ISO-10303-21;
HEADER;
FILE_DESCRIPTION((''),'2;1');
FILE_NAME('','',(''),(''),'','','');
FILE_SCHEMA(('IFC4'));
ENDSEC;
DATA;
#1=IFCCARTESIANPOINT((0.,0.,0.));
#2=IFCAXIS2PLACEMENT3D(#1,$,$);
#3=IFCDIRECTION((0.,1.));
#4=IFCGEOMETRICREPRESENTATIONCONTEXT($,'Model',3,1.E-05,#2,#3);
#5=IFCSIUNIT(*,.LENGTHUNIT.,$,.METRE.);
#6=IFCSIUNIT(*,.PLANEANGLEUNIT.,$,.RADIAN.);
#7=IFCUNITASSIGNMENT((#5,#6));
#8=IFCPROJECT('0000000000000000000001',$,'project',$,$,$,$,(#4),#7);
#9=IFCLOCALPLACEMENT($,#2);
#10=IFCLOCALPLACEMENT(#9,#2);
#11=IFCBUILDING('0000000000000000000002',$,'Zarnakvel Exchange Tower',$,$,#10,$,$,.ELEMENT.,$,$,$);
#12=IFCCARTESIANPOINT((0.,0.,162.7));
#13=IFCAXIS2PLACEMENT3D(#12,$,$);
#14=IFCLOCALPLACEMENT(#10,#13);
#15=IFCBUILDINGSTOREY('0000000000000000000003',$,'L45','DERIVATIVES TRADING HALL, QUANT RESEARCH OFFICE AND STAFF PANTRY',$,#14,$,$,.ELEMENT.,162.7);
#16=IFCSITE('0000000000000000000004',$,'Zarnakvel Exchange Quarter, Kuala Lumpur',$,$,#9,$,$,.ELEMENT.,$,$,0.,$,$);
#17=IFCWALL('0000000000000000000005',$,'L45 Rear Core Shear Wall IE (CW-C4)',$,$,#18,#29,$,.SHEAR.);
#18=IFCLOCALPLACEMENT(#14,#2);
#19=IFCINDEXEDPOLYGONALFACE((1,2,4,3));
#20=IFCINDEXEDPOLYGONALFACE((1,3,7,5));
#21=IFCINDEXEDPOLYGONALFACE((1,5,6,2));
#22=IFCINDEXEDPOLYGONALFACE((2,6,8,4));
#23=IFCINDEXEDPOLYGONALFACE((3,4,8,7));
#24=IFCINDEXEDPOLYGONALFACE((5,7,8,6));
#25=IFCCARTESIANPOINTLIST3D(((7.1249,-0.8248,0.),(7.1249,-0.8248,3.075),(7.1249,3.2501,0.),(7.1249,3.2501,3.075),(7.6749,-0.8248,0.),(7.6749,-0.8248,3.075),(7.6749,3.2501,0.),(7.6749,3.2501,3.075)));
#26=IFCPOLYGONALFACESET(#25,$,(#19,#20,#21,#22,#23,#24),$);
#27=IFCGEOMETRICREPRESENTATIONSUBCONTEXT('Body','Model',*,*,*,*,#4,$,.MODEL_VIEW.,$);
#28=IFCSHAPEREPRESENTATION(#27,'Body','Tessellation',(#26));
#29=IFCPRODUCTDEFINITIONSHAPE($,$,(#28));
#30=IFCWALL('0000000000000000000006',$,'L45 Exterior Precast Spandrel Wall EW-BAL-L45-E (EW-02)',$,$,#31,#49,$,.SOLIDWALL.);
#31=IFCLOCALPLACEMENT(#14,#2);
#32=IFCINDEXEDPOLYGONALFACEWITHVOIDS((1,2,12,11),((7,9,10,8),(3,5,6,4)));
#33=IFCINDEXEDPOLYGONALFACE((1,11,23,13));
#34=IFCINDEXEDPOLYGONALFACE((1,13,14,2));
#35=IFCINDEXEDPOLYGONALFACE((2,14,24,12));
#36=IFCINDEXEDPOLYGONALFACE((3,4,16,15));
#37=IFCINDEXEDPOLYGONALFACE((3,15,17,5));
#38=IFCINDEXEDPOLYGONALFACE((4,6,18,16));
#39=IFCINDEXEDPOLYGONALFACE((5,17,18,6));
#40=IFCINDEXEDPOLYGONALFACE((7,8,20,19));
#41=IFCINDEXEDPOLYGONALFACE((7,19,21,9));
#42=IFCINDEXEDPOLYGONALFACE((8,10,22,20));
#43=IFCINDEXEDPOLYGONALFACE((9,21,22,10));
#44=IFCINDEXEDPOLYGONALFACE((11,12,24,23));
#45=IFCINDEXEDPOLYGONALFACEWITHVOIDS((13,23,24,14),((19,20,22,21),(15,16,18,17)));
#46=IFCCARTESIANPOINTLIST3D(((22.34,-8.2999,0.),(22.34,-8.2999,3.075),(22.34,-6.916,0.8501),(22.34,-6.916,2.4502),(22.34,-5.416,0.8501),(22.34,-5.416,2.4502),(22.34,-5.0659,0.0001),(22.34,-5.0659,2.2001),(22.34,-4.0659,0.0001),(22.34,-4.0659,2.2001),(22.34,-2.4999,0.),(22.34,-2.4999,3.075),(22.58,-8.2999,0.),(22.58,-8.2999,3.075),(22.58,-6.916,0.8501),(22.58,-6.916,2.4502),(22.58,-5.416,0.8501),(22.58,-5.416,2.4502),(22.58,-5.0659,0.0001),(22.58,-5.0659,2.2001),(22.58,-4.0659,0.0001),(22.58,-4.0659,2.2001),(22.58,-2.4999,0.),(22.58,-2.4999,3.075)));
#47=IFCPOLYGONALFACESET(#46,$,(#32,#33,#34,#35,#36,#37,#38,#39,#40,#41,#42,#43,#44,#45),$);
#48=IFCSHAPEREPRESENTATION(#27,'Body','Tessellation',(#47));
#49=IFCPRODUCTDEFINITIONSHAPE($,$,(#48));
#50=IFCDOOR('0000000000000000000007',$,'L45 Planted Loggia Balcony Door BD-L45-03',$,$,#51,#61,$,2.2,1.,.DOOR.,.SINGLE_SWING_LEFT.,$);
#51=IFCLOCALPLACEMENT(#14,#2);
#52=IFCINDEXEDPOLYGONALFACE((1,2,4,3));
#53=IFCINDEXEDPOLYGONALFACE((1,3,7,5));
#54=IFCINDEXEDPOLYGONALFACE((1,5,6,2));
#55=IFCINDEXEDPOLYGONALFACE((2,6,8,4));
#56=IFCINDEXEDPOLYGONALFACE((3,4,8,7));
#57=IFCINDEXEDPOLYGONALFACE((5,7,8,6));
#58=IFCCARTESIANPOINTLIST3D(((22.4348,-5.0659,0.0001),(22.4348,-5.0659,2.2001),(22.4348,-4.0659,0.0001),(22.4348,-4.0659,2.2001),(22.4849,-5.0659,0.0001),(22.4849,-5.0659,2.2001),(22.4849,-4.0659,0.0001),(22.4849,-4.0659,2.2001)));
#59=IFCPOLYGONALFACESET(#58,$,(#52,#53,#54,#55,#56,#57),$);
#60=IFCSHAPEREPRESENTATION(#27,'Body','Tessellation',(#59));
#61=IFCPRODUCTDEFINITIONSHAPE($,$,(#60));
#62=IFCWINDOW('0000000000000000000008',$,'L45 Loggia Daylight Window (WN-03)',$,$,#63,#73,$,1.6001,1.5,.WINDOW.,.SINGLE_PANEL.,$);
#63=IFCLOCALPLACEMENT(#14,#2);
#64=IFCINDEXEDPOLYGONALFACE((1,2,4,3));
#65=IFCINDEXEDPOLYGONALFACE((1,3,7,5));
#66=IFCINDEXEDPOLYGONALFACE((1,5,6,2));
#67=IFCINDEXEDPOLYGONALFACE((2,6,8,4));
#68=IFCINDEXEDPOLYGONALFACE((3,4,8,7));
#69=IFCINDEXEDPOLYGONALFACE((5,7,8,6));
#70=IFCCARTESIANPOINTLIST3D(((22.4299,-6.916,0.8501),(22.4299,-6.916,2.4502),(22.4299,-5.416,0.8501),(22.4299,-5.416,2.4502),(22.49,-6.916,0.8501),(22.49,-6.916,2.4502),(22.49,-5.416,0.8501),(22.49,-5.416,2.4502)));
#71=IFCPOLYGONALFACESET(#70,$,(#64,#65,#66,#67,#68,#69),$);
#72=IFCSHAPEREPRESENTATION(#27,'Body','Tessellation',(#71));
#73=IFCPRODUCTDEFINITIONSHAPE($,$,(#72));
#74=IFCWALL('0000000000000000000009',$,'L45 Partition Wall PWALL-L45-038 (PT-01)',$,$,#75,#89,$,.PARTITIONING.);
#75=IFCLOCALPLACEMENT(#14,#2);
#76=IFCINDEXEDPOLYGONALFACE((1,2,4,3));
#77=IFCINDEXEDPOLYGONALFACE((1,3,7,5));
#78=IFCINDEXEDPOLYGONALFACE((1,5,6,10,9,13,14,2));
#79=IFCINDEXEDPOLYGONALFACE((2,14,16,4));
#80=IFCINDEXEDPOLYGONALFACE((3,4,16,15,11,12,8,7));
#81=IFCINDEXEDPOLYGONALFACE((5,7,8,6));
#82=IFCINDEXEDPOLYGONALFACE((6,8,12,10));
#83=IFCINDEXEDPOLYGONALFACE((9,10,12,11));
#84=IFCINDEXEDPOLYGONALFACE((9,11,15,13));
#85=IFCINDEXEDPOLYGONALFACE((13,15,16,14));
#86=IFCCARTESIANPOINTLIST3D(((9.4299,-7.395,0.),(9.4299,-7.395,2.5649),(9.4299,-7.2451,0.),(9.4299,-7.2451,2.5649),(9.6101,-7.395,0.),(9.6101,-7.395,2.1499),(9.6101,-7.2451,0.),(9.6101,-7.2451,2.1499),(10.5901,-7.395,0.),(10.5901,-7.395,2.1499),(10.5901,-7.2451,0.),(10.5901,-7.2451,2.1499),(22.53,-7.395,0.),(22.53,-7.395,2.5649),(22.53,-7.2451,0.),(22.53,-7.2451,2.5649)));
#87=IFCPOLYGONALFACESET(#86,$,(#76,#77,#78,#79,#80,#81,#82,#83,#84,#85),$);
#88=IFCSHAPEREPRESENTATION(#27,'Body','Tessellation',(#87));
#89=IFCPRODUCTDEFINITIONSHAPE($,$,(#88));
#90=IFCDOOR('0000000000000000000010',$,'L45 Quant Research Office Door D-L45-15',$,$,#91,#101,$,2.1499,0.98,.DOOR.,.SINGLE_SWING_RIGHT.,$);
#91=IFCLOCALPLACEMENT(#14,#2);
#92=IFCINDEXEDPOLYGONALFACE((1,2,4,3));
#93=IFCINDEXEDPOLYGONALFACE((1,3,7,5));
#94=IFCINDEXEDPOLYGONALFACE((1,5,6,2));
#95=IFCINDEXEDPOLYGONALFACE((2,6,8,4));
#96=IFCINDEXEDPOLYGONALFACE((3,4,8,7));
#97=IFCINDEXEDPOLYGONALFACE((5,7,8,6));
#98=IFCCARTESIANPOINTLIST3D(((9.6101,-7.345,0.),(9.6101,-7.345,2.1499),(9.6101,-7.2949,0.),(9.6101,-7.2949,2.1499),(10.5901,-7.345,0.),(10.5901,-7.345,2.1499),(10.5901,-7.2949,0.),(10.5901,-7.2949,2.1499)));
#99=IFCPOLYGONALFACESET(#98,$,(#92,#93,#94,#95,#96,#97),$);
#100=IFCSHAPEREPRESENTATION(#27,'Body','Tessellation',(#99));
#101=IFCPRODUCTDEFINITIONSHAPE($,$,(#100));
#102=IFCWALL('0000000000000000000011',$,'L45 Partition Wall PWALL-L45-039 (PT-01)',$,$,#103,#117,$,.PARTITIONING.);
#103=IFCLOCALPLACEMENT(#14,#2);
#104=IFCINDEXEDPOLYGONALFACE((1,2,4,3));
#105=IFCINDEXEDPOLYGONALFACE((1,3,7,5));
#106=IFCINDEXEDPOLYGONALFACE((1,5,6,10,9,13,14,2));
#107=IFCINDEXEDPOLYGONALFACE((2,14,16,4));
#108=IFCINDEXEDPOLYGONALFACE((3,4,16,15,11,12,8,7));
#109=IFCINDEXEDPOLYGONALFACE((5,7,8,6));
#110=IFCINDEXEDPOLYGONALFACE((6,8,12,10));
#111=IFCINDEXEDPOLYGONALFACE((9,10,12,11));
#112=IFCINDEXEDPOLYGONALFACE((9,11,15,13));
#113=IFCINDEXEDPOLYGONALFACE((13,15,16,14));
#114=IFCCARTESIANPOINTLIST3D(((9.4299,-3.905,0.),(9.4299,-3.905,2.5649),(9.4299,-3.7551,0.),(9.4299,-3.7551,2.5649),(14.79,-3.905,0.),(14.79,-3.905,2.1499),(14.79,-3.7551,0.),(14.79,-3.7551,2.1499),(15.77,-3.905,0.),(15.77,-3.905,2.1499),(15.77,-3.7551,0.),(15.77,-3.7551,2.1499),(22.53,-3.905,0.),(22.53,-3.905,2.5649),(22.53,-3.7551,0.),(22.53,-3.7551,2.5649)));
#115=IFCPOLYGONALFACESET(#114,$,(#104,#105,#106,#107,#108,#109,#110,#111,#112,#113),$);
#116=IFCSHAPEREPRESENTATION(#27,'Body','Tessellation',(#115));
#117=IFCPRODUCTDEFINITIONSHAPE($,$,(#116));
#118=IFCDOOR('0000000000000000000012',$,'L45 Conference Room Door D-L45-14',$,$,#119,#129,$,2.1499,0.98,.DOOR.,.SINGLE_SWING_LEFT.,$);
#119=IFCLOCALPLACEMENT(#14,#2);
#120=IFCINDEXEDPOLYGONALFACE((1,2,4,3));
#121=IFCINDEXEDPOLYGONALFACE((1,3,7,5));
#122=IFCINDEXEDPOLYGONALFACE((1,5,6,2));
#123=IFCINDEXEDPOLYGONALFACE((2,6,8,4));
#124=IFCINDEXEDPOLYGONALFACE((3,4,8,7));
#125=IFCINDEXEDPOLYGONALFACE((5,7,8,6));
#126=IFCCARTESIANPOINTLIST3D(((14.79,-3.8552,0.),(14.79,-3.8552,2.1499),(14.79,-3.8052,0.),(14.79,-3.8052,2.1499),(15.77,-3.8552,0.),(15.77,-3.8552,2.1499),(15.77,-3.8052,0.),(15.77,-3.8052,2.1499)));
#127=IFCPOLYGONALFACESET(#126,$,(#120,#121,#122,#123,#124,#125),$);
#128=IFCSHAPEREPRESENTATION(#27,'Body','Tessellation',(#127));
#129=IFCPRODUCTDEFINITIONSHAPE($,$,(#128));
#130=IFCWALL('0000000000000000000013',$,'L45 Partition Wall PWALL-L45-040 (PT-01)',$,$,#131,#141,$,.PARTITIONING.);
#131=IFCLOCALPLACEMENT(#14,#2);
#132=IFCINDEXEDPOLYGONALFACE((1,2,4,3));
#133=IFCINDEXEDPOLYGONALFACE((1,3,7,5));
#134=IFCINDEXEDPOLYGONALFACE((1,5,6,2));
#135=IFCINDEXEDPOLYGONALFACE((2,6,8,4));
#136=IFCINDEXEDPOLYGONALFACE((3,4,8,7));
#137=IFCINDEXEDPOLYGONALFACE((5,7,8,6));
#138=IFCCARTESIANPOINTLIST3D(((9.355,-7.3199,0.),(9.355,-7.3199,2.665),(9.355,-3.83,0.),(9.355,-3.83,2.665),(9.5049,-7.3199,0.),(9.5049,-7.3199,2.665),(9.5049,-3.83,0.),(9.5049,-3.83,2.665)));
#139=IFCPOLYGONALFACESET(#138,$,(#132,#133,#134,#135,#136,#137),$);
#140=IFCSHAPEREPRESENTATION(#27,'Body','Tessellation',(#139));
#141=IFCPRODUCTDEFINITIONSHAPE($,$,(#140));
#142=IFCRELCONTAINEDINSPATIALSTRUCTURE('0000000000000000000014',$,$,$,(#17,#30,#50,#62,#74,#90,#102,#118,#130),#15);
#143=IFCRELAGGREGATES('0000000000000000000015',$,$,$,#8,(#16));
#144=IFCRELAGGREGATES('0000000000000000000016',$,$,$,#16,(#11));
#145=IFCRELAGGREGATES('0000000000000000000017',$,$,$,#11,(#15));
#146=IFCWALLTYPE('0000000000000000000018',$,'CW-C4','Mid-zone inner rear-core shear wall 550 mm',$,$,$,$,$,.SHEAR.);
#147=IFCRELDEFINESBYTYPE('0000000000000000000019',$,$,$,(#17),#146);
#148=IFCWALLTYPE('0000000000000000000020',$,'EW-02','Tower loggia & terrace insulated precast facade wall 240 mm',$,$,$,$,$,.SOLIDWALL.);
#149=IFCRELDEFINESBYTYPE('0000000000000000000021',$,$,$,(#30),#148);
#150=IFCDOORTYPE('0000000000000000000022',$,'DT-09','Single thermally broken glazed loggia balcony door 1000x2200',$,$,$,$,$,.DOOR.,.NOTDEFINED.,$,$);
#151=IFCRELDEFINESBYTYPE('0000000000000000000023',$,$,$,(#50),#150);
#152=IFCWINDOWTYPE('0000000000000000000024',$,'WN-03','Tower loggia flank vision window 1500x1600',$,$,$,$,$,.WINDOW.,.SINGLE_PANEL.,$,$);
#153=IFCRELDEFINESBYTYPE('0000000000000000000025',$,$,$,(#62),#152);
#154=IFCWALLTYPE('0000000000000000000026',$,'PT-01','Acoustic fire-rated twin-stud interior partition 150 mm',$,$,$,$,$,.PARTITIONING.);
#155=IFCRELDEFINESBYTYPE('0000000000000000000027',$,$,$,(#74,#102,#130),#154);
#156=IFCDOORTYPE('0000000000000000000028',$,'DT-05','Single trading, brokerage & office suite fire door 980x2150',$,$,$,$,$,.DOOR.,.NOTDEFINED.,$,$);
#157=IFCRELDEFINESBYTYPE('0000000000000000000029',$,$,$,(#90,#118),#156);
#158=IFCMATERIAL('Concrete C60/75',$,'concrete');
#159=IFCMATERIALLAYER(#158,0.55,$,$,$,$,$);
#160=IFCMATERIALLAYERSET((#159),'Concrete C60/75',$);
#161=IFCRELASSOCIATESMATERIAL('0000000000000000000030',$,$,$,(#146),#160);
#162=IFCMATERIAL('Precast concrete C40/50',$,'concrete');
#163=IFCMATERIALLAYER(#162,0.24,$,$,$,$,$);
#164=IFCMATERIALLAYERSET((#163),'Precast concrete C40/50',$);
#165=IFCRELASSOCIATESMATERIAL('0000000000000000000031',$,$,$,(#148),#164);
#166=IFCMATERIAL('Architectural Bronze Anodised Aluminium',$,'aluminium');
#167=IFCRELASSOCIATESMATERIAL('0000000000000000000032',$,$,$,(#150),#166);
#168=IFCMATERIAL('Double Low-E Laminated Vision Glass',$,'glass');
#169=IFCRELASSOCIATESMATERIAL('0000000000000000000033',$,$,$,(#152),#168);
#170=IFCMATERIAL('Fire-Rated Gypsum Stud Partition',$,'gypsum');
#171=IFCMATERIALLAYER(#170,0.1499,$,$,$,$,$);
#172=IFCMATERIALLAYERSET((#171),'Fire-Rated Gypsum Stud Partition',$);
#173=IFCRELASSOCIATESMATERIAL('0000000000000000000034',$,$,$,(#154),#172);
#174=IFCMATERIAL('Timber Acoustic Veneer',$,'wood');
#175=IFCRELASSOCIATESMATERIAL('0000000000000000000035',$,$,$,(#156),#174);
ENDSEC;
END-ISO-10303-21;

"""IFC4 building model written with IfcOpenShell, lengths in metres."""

from ifc_helpers import new_model, si_unit, direction, frame, frame_2d, origin, place, context, subcontext, project, spatial, rectangle, extrude, source, transform, mapped, material, layer, layer_set, type_object, element, fill, save


model = new_model("IFC4")

# Units and contexts
model_context = context("Model", 3, precision=1e-05, world=origin(), true_north=direction((0.0, 1.0)))
body_context = subcontext(model_context, "Body", "Model", "MODEL_VIEW")
ifc_project = project(units=[si_unit("LENGTHUNIT", "METRE"), si_unit("PLANEANGLEUNIT", "RADIAN")], contexts=[model_context])

# Site, building, storey
site_placement = place(None, origin())
site = spatial("IfcSite", under=ifc_project, at=site_placement, Name="Zarnakvel Exchange Quarter, Kuala Lumpur", CompositionType="ELEMENT", RefElevation=0.0)
building_placement = place(site_placement, origin())
building = spatial("IfcBuilding", under=site, at=building_placement, Name="Zarnakvel Exchange Tower", CompositionType="ELEMENT")
storey_placement = place(building_placement, frame((0.0, 0.0, 162.7)))
storey = spatial("IfcBuildingStorey", under=building, at=storey_placement, Name="L45", Description="DERIVATIVES TRADING HALL, QUANT RESEARCH OFFICE AND STAFF PANTRY", CompositionType="ELEMENT", Elevation=162.7)

# Shared definitions
ifc_material_1 = material(Name="Concrete C60/75", Category="concrete")

# Shared definitions
ifc_material_2 = material(Name="Architectural Bronze Anodised Aluminium", Category="aluminium")

# Wall
ifc_layer_1 = layer(ifc_material_1, 0.55)
ifc_layer_set_1 = layer_set([ifc_layer_1], Name="Concrete C60/75")
wall_type_1 = type_object("IfcWallType", Name="CW-C4", Description="Mid-zone inner rear-core shear wall 550 mm", PredefinedType="SHEAR", material=ifc_layer_set_1)
wall_1_placement = place(storey_placement, frame((7.3999, -0.825, 0.0), z_axis=(0.0, 0.0, 1.0), x_axis=(0.0, 1.0, 0.0)))
element("IfcWall", 1, at=wall_1_placement, inside=storey, type_object=wall_type_1, Name="L45 Rear Core Shear Wall IE (CW-C4)", PredefinedType="SHEAR", context=body_context, shape_type="SweptSolid", body=[
    extrude(rectangle(XDim=4.075, YDim=0.55, at=frame_2d((2.0376, 0.0))), origin(), (0.0, 0.0, 1.0), 3.075),
])

# Wall, openings, door, window
ifc_material_3 = material(Name="Precast concrete C40/50", Category="concrete")
ifc_layer_2 = layer(ifc_material_3, 0.24)
ifc_layer_set_2 = layer_set([ifc_layer_2], Name="Precast concrete C40/50")
wall_type_2 = type_object("IfcWallType", Name="EW-02", Description="Tower loggia & terrace insulated precast facade wall 240 mm", PredefinedType="SOLIDWALL", material=ifc_layer_set_2)
wall_2_placement = place(storey_placement, frame((22.46, -2.5, 0.0), z_axis=(0.0, 0.0, 1.0), x_axis=(0.0, -1.0, 0.0)))
wall_2 = element("IfcWall", 2, at=wall_2_placement, inside=storey, type_object=wall_type_2, Name="L45 Exterior Precast Spandrel Wall EW-BAL-L45-E (EW-02)", PredefinedType="SOLIDWALL", context=body_context, shape_type="SweptSolid", body=[
    extrude(rectangle(XDim=5.8, YDim=0.24, at=frame_2d((2.8999, 0.0))), origin(), (0.0, 0.0, 1.0), 3.075),
])
opening_1_placement = place(wall_2_placement, frame((1.5659, 0.0, 0.0)))
opening_1 = element("IfcOpeningElement", 3, at=opening_1_placement, cuts=wall_2, PredefinedType="OPENING", context=body_context, shape_type="SweptSolid", body=[
    extrude(rectangle(XDim=1.0, YDim=2.2, at=frame_2d((0.5, 1.1001))), frame((0.0, 0.1299, 0.0), z_axis=(0.0, -1.0, 0.0), x_axis=(1.0, 0.0, 0.0)), (0.0, 0.0, 1.0), 0.26),
])
opening_2_placement = place(wall_2_placement, frame((2.916, 0.0, 0.8501)))
opening_2 = element("IfcOpeningElement", 4, at=opening_2_placement, cuts=wall_2, PredefinedType="OPENING", context=body_context, shape_type="SweptSolid", body=[
    extrude(rectangle(XDim=1.5, YDim=1.6001, at=frame_2d((0.75, 0.8))), frame((0.0, 0.1299, 0.0), z_axis=(0.0, -1.0, 0.0), x_axis=(1.0, 0.0, 0.0)), (0.0, 0.0, 1.0), 0.26),
])
door_type_1 = type_object("IfcDoorType", Name="DT-09", Description="Single thermally broken glazed loggia balcony door 1000x2200", OperationType="NOTDEFINED", PredefinedType="DOOR", material=ifc_material_2)
shared_shape_1 = source(origin(), body_context, "Body", "SweptSolid", [
    extrude(rectangle(XDim=1.0, YDim=2.2, at=frame_2d((0.5, 1.1001))), frame((0.0, 0.0249, 0.0), z_axis=(0.0, -1.0, 0.0), x_axis=(1.0, 0.0, 0.0)), (0.0, 0.0, 1.0), 0.05),
])
door_1_placement = place(opening_1_placement, origin())
door_1 = element("IfcDoor", 5, at=door_1_placement, inside=storey, type_object=door_type_1, Name="L45 Planted Loggia Balcony Door BD-L45-03", OperationType="SINGLE_SWING_LEFT", OverallHeight=2.2, OverallWidth=1.0, PredefinedType="DOOR", context=body_context, shape_type="MappedRepresentation", body=[
    mapped(shared_shape_1, transform((0.0, 0.0, 0.0), x_axis=(1.0, 0.0, 0.0), y_axis=(0.0, 1.0, 0.0), z_axis=(0.0, 0.0, 1.0), scale=1.0)),
])
fill(opening_1, door_1)
ifc_material_4 = material(Name="Double Low-E Laminated Vision Glass", Category="glass")
window_type = type_object("IfcWindowType", Name="WN-03", Description="Tower loggia flank vision window 1500x1600", PartitioningType="SINGLE_PANEL", PredefinedType="WINDOW", material=ifc_material_4)
shared_shape_2 = source(origin(), body_context, "Body", "SweptSolid", [
    extrude(rectangle(XDim=1.5, YDim=1.6001, at=frame_2d((0.75, 0.8))), frame((0.0, 0.03, 0.0), z_axis=(0.0, -1.0, 0.0), x_axis=(1.0, 0.0, 0.0)), (0.0, 0.0, 1.0), 0.0601),
])
window_placement = place(opening_2_placement, origin())
window = element("IfcWindow", 6, at=window_placement, inside=storey, type_object=window_type, Name="L45 Loggia Daylight Window (WN-03)", OverallHeight=1.6001, OverallWidth=1.5, PartitioningType="SINGLE_PANEL", PredefinedType="WINDOW", context=body_context, shape_type="MappedRepresentation", body=[
    mapped(shared_shape_2, transform((0.0, 0.0, 0.0), x_axis=(1.0, 0.0, 0.0), y_axis=(0.0, 1.0, 0.0), z_axis=(0.0, 0.0, 1.0), scale=1.0)),
])
fill(opening_2, window)

# Walls, openings, doors
ifc_material_5 = material(Name="Fire-Rated Gypsum Stud Partition", Category="gypsum")
ifc_layer_3 = layer(ifc_material_5, 0.1499)
ifc_layer_set_3 = layer_set([ifc_layer_3], Name="Fire-Rated Gypsum Stud Partition")
wall_type_3 = type_object("IfcWallType", Name="PT-01", Description="Acoustic fire-rated twin-stud interior partition 150 mm", PredefinedType="PARTITIONING", material=ifc_layer_set_3)
wall_3_placement = place(storey_placement, frame((22.53, -7.3201, 0.0), z_axis=(0.0, 0.0, 1.0), x_axis=(-1.0, 0.0, 0.0)))
wall_3 = element("IfcWall", 7, at=wall_3_placement, inside=storey, type_object=wall_type_3, Name="L45 Partition Wall PWALL-L45-038 (PT-01)", PredefinedType="PARTITIONING", context=body_context, shape_type="SweptSolid", body=[
    extrude(rectangle(XDim=13.1001, YDim=0.1499, at=frame_2d((6.55, 0.0))), origin(), (0.0, 0.0, 1.0), 2.5649),
])
opening_3_placement = place(wall_3_placement, frame((11.9399, 0.0, 0.0)))
opening_3 = element("IfcOpeningElement", 8, at=opening_3_placement, cuts=wall_3, PredefinedType="OPENING", context=body_context, shape_type="SweptSolid", body=[
    extrude(rectangle(XDim=0.98, YDim=2.1499, at=frame_2d((0.49, 1.075))), frame((0.0, 0.085, 0.0), z_axis=(0.0, -1.0, 0.0), x_axis=(1.0, 0.0, 0.0)), (0.0, 0.0, 1.0), 0.1699),
])
ifc_material_6 = material(Name="Timber Acoustic Veneer", Category="wood")
door_type_2 = type_object("IfcDoorType", Name="DT-05", Description="Single trading, brokerage & office suite fire door 980x2150", OperationType="NOTDEFINED", PredefinedType="DOOR", material=ifc_material_6)
shared_shape_3 = source(origin(), body_context, "Body", "SweptSolid", [
    extrude(rectangle(XDim=0.98, YDim=2.1499, at=frame_2d((0.49, 1.075))), frame((0.0, 0.0249, 0.0), z_axis=(0.0, -1.0, 0.0), x_axis=(1.0, 0.0, 0.0)), (0.0, 0.0, 1.0), 0.05),
])
door_2_placement = place(opening_3_placement, origin())
door_2 = element("IfcDoor", 9, at=door_2_placement, inside=storey, type_object=door_type_2, Name="L45 Quant Research Office Door D-L45-15", OperationType="SINGLE_SWING_RIGHT", OverallHeight=2.1499, OverallWidth=0.98, PredefinedType="DOOR", context=body_context, shape_type="MappedRepresentation", body=[
    mapped(shared_shape_3, transform((0.0, 0.0, 0.0), x_axis=(1.0, 0.0, 0.0), y_axis=(0.0, 1.0, 0.0), z_axis=(0.0, 0.0, 1.0), scale=1.0)),
])
fill(opening_3, door_2)
wall_4_placement = place(storey_placement, frame((9.4299, -3.8301, 0.0), z_axis=(0.0, 0.0, 1.0), x_axis=(1.0, 0.0, 0.0)))
wall_4 = element("IfcWall", 10, at=wall_4_placement, inside=storey, type_object=wall_type_3, Name="L45 Partition Wall PWALL-L45-039 (PT-01)", PredefinedType="PARTITIONING", context=body_context, shape_type="SweptSolid", body=[
    extrude(rectangle(XDim=13.1001, YDim=0.1499, at=frame_2d((6.55, 0.0))), origin(), (0.0, 0.0, 1.0), 2.5649),
])
opening_4_placement = place(wall_4_placement, frame((5.3601, 0.0, 0.0)))
opening_4 = element("IfcOpeningElement", 11, at=opening_4_placement, cuts=wall_4, PredefinedType="OPENING", context=body_context, shape_type="SweptSolid", body=[
    extrude(rectangle(XDim=0.98, YDim=2.1499, at=frame_2d((0.49, 1.075))), frame((0.0, 0.085, 0.0), z_axis=(0.0, -1.0, 0.0), x_axis=(1.0, 0.0, 0.0)), (0.0, 0.0, 1.0), 0.1699),
])
door_3_placement = place(opening_4_placement, origin())
door_3 = element("IfcDoor", 12, at=door_3_placement, inside=storey, type_object=door_type_2, Name="L45 Conference Room Door D-L45-14", OperationType="SINGLE_SWING_LEFT", OverallHeight=2.1499, OverallWidth=0.98, PredefinedType="DOOR", context=body_context, shape_type="MappedRepresentation", body=[
    mapped(shared_shape_3, transform((0.0, 0.0, 0.0), x_axis=(1.0, 0.0, 0.0), y_axis=(0.0, 1.0, 0.0), z_axis=(0.0, 0.0, 1.0), scale=1.0)),
])
fill(opening_4, door_3)

# Wall
wall_5_placement = place(storey_placement, frame((9.4299, -7.3201, 0.0), z_axis=(0.0, 0.0, 1.0), x_axis=(0.0, 1.0, 0.0)))
element("IfcWall", 13, at=wall_5_placement, inside=storey, type_object=wall_type_3, Name="L45 Partition Wall PWALL-L45-040 (PT-01)", PredefinedType="PARTITIONING", context=body_context, shape_type="SweptSolid", body=[
    extrude(rectangle(XDim=3.49, YDim=0.1499, at=frame_2d((1.7451, 0.0))), origin(), (0.0, 0.0, 1.0), 2.665),
])

save(model, "model.ifc")
